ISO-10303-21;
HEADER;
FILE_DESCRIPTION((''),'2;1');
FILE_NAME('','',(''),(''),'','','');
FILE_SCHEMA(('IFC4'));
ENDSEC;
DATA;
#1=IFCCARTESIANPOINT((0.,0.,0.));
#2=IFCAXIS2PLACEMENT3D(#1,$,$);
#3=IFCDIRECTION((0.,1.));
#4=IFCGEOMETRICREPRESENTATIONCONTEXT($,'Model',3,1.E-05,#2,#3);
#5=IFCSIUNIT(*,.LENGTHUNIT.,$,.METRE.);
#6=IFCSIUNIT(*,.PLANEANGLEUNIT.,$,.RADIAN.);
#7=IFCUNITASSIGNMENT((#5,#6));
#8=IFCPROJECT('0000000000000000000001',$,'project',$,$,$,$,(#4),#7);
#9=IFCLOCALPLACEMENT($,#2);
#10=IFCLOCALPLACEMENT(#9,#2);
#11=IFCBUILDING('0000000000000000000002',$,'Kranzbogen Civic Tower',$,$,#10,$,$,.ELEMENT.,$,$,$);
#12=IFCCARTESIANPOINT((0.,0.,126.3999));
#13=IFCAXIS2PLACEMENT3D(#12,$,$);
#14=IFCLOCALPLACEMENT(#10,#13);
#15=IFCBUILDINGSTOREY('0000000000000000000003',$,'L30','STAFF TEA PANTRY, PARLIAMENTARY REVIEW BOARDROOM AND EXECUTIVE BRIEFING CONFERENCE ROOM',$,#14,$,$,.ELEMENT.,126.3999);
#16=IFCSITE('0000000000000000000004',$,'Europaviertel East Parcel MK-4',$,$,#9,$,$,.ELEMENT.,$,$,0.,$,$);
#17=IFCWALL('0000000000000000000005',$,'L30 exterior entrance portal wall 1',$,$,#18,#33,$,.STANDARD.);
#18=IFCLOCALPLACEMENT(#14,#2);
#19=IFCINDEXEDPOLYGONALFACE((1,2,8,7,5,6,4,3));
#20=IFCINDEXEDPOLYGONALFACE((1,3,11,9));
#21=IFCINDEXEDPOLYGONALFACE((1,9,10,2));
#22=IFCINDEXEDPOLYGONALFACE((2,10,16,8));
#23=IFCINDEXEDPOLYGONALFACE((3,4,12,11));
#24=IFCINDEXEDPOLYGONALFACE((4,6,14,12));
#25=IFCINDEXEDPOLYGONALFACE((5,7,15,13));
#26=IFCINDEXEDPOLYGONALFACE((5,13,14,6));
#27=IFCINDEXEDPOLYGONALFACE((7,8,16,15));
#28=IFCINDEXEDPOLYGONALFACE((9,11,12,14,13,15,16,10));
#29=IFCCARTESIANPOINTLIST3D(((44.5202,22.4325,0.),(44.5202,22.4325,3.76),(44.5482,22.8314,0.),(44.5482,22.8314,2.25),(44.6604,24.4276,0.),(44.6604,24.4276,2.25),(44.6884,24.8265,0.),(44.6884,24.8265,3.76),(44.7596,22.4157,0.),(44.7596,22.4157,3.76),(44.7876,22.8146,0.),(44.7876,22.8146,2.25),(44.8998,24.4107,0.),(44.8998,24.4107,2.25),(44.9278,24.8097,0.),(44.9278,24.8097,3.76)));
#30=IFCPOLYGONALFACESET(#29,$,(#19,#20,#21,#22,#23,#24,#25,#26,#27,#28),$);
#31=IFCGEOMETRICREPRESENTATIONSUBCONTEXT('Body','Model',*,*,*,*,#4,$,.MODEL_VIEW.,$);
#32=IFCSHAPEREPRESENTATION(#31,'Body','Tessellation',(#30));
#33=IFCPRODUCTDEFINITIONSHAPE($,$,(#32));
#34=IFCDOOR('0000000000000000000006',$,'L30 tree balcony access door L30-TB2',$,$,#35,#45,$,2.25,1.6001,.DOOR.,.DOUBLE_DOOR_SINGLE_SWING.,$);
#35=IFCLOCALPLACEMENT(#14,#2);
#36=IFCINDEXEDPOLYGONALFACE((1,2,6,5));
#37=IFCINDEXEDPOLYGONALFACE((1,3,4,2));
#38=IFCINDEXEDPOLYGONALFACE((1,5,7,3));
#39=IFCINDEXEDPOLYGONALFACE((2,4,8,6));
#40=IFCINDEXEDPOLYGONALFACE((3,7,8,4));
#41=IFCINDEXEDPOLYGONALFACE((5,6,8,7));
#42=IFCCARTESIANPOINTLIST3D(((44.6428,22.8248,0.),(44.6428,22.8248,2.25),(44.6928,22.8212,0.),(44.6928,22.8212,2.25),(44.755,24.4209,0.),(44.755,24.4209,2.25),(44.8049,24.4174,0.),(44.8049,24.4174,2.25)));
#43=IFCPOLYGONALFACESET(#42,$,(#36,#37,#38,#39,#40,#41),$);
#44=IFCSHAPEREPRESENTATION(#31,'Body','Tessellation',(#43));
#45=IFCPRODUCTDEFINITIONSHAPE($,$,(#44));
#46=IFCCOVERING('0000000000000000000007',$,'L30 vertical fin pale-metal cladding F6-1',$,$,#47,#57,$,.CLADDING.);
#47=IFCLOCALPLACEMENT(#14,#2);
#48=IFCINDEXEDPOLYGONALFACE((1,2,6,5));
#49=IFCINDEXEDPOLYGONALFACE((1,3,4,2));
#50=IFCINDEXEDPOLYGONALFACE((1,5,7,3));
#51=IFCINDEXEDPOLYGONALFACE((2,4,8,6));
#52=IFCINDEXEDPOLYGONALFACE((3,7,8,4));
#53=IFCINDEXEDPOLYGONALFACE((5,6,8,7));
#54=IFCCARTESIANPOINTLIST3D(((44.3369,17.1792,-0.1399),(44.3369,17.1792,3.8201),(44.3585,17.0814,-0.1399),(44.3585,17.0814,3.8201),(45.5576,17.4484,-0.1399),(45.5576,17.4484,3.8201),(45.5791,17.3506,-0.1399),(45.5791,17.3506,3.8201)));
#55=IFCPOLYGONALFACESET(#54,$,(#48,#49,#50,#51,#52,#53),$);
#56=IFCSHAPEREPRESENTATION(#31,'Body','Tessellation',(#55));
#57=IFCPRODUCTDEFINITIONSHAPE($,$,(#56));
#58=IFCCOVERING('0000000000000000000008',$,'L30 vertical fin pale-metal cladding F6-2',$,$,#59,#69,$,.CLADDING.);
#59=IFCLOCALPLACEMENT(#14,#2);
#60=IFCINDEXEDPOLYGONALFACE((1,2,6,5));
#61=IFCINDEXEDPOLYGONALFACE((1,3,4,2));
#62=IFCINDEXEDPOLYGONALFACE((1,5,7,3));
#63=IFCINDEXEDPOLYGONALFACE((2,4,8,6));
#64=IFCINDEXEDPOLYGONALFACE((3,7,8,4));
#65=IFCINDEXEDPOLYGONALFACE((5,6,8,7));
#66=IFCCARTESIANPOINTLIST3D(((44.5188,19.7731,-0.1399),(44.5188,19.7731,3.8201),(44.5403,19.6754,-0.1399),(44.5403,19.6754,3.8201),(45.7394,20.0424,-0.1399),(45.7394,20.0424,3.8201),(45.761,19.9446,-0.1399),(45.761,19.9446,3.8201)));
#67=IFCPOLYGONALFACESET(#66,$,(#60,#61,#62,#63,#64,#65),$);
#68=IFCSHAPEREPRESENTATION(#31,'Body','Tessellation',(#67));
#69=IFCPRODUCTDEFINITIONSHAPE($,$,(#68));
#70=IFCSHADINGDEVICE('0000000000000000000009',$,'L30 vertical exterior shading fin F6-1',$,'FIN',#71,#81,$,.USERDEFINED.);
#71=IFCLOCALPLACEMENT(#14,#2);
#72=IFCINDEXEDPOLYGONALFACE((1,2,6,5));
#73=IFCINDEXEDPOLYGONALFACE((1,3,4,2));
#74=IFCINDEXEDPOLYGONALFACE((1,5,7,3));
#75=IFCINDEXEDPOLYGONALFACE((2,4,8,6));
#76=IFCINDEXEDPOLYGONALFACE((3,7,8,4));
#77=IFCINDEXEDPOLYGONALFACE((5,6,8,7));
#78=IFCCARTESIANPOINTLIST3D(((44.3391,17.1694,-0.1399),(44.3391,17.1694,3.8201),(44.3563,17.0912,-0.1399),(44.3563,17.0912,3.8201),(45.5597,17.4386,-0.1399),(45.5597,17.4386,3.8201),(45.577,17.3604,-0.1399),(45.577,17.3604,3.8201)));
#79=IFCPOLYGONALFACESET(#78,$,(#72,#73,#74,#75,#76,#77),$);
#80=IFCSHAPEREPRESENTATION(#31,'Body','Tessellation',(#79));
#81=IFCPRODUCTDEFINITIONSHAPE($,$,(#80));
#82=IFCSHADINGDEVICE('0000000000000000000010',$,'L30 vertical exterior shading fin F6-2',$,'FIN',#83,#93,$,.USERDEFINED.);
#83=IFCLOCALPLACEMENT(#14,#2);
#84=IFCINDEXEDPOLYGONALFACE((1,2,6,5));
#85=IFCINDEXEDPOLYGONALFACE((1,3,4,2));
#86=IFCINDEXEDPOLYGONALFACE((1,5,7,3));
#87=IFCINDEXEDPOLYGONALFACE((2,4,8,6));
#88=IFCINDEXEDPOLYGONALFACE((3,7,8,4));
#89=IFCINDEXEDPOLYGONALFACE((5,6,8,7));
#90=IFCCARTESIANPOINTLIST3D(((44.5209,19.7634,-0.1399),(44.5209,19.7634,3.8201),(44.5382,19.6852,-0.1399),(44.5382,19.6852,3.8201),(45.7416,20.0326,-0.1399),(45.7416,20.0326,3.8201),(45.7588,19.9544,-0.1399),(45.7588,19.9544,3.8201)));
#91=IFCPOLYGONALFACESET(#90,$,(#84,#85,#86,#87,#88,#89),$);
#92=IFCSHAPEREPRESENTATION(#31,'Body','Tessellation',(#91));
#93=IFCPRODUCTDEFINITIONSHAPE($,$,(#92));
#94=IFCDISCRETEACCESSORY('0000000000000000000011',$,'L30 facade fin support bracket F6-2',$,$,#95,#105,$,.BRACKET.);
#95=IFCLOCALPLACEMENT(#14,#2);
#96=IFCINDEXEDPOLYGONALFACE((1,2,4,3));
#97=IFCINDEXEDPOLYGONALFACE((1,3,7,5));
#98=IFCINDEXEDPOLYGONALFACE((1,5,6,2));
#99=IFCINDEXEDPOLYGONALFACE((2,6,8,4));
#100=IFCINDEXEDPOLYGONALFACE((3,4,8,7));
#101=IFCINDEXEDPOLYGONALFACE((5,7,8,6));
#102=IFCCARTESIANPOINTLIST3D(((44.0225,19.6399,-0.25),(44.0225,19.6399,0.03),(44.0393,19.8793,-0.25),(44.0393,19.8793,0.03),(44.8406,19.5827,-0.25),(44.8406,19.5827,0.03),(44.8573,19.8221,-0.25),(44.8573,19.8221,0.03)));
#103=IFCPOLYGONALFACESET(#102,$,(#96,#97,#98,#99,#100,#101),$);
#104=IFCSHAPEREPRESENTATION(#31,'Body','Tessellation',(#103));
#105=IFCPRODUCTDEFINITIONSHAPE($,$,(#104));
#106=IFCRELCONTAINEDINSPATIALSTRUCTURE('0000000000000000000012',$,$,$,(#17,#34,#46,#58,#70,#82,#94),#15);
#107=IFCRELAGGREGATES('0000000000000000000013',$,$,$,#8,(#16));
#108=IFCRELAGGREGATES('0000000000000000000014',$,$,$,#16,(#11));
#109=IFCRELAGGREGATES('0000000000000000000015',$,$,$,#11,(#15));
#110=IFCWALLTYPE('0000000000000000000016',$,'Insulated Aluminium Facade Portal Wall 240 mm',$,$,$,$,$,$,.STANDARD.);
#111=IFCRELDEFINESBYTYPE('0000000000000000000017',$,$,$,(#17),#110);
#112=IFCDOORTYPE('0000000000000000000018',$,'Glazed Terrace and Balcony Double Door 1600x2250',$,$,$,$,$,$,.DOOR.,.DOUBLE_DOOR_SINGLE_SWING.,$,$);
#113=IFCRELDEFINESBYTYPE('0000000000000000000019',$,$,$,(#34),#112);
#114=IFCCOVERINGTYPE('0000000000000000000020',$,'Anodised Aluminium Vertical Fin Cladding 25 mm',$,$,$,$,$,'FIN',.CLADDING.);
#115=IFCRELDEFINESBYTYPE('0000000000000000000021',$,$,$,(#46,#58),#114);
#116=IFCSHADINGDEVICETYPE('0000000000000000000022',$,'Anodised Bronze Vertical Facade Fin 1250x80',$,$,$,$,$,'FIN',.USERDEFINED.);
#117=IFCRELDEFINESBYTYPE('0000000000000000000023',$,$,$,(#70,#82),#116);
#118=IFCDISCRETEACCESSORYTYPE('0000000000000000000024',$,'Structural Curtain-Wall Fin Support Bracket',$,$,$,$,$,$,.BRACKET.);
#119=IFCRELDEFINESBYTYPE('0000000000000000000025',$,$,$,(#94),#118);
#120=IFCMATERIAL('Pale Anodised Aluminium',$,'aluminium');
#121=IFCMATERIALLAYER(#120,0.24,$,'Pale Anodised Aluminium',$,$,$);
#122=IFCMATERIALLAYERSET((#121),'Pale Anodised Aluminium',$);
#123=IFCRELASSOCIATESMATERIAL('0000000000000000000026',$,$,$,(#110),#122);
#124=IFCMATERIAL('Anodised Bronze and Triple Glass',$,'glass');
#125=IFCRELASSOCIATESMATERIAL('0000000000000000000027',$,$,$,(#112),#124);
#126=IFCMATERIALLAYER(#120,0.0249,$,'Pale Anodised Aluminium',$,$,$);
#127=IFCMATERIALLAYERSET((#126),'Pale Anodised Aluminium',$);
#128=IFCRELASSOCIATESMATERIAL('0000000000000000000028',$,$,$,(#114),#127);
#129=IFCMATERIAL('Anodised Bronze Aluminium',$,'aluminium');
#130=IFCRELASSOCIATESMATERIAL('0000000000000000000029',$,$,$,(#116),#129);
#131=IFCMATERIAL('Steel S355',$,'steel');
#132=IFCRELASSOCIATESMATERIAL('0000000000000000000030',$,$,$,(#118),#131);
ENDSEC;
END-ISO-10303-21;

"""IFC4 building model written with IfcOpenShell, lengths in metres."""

from ifc_helpers import new_model, si_unit, direction, frame, frame_2d, origin, origin_2d, place, context, subcontext, project, spatial, rectangle, extrude, material, layer, layer_set, type_object, element, fill, save


model = new_model("IFC4")

# Units and contexts
model_context = context("Model", 3, precision=1e-05, world=origin(), true_north=direction((0.0, 1.0)))
body_context = subcontext(model_context, "Body", "Model", "MODEL_VIEW")
ifc_project = project(units=[si_unit("LENGTHUNIT", "METRE"), si_unit("PLANEANGLEUNIT", "RADIAN")], contexts=[model_context])

# Site, building, storey
site_placement = place(None, origin())
site = spatial("IfcSite", under=ifc_project, at=site_placement, Name="Europaviertel East Parcel MK-4", CompositionType="ELEMENT", RefElevation=0.0)
building_placement = place(site_placement, origin())
building = spatial("IfcBuilding", under=site, at=building_placement, Name="Kranzbogen Civic Tower", CompositionType="ELEMENT")
storey_placement = place(building_placement, frame((0.0, 0.0, 126.3999)))
storey = spatial("IfcBuildingStorey", under=building, at=storey_placement, Name="L30", Description="STAFF TEA PANTRY, PARLIAMENTARY REVIEW BOARDROOM AND EXECUTIVE BRIEFING CONFERENCE ROOM", CompositionType="ELEMENT", Elevation=126.3999)

# Shared definitions
ifc_material_1 = material(Name="Pale Anodised Aluminium", Category="aluminium")

# Shared definitions
ifc_material_2 = material(Name="Steel S355", Category="steel")

# Wall, opening, door
ifc_layer_1 = layer(ifc_material_1, 0.24, Name="Pale Anodised Aluminium")
ifc_layer_set_1 = layer_set([ifc_layer_1], Name="Pale Anodised Aluminium")
wall_type_1 = type_object("IfcWallType", Name="Insulated Aluminium Facade Portal Wall 240 mm", PredefinedType="STANDARD", material=ifc_layer_set_1)
wall_1_placement = place(storey_placement, frame((44.6399, 22.4241, 0.0), z_axis=(0.0, 0.0, 1.0), x_axis=(0.07009, 0.997541, 0.0)))
wall_1 = element("IfcWall", 1, at=wall_1_placement, inside=storey, type_object=wall_type_1, Name="L30 exterior entrance portal wall 1", PredefinedType="STANDARD", context=body_context, shape_type="SweptSolid", body=[
    extrude(rectangle(XDim=2.3999, YDim=0.24, at=frame_2d((1.2, 0.0))), origin(), (0.0, 0.0, 1.0), 3.76),
])
opening_placement = place(wall_1_placement, frame((0.3999, 0.0, 0.0)))
opening = element("IfcOpeningElement", 2, at=opening_placement, cuts=wall_1, PredefinedType="OPENING", context=body_context, shape_type="SweptSolid", body=[
    extrude(rectangle(XDim=1.6001, YDim=2.25, at=frame_2d((0.8, 1.125))), frame((0.0, 0.1299, 0.0), z_axis=(0.0, -1.0, 0.0), x_axis=(1.0, 0.0, 0.0)), (0.0, 0.0, 1.0), 0.26),
])
ifc_material_3 = material(Name="Anodised Bronze and Triple Glass", Category="glass")
door_type = type_object("IfcDoorType", Name="Glazed Terrace and Balcony Double Door 1600x2250", OperationType="DOUBLE_DOOR_SINGLE_SWING", PredefinedType="DOOR", material=ifc_material_3)
door_placement = place(opening_placement, frame((1.6001, 0.0, 0.0), z_axis=(0.0, 0.0, 1.0), x_axis=(-1.0, 0.0, 0.0)))
door = element("IfcDoor", 3, at=door_placement, inside=storey, type_object=door_type, Name="L30 tree balcony access door L30-TB2", OperationType="DOUBLE_DOOR_SINGLE_SWING", OverallHeight=2.25, OverallWidth=1.6001, PredefinedType="DOOR", context=body_context, shape_type="SweptSolid", body=[
    extrude(rectangle(XDim=1.6001, YDim=2.25, at=frame_2d((0.8, 1.125))), frame((0.0, 0.0249, 0.0), z_axis=(0.0, -1.0, 0.0), x_axis=(1.0, 0.0, 0.0)), (0.0, 0.0, 1.0), 0.05),
])
fill(opening, door)

# Coverings
ifc_layer_2 = layer(ifc_material_1, 0.0249, Name="Pale Anodised Aluminium")
ifc_layer_set_2 = layer_set([ifc_layer_2], Name="Pale Anodised Aluminium")
covering_type = type_object("IfcCoveringType", Name="Anodised Aluminium Vertical Fin Cladding 25 mm", ElementType="FIN", PredefinedType="CLADDING", material=ifc_layer_set_2)
for number, where, z_axis, x_axis, name in (
    (4, (44.958, 17.2649, -0.1399), (0.0, 0.0, 1.0), (0.97653, 0.215383, 0.0), "L30 vertical fin pale-metal cladding F6-1"),
    (5, (45.1399, 19.8589, -0.1399), (0.0, 0.0, 1.0), (0.97653, 0.215383, 0.0), "L30 vertical fin pale-metal cladding F6-2"),
):
    element("IfcCovering", number, at=place(storey_placement, frame(where, z_axis=z_axis, x_axis=x_axis)), inside=storey, type_object=covering_type, Name=name, PredefinedType="CLADDING", context=body_context, shape_type="SweptSolid", body=[
        extrude(rectangle(XDim=1.25, YDim=0.1001, at=origin_2d()), origin(), (0.0, 0.0, 1.0), 3.96),
    ])

# Shading devices
ifc_material_4 = material(Name="Anodised Bronze Aluminium", Category="aluminium")
shading_device_type = type_object("IfcShadingDeviceType", Name="Anodised Bronze Vertical Facade Fin 1250x80", ElementType="FIN", PredefinedType="USERDEFINED", material=ifc_material_4)
for number, where, z_axis, x_axis, name in (
    (6, (44.958, 17.2649, -0.1399), (0.0, 0.0, 1.0), (0.97653, 0.215383, 0.0), "L30 vertical exterior shading fin F6-1"),
    (7, (45.1399, 19.8589, -0.1399), (0.0, 0.0, 1.0), (0.97653, 0.215383, 0.0), "L30 vertical exterior shading fin F6-2"),
):
    element("IfcShadingDevice", number, at=place(storey_placement, frame(where, z_axis=z_axis, x_axis=x_axis)), inside=storey, type_object=shading_device_type, Name=name, ObjectType="FIN", PredefinedType="USERDEFINED", context=body_context, shape_type="SweptSolid", body=[
        extrude(rectangle(XDim=1.25, YDim=0.0801, at=origin_2d()), origin(), (0.0, 0.0, 1.0), 3.96),
    ])

# Discrete accessory
discrete_accessory_type = type_object("IfcDiscreteAccessoryType", Name="Structural Curtain-Wall Fin Support Bracket", PredefinedType="BRACKET", material=ifc_material_2)
discrete_accessory_placement = place(storey_placement, frame((44.4399, 19.731, -0.25), z_axis=(0.0, 0.0, 1.0), x_axis=(0.997564, -0.069756, 0.0)))
element("IfcDiscreteAccessory", 8, at=discrete_accessory_placement, inside=storey, type_object=discrete_accessory_type, Name="L30 facade fin support bracket F6-2", PredefinedType="BRACKET", context=body_context, shape_type="SweptSolid", body=[
    extrude(rectangle(XDim=0.8201, YDim=0.24, at=origin_2d()), origin(), (0.0, 0.0, 1.0), 0.28),
])

save(model, "model.ifc")
